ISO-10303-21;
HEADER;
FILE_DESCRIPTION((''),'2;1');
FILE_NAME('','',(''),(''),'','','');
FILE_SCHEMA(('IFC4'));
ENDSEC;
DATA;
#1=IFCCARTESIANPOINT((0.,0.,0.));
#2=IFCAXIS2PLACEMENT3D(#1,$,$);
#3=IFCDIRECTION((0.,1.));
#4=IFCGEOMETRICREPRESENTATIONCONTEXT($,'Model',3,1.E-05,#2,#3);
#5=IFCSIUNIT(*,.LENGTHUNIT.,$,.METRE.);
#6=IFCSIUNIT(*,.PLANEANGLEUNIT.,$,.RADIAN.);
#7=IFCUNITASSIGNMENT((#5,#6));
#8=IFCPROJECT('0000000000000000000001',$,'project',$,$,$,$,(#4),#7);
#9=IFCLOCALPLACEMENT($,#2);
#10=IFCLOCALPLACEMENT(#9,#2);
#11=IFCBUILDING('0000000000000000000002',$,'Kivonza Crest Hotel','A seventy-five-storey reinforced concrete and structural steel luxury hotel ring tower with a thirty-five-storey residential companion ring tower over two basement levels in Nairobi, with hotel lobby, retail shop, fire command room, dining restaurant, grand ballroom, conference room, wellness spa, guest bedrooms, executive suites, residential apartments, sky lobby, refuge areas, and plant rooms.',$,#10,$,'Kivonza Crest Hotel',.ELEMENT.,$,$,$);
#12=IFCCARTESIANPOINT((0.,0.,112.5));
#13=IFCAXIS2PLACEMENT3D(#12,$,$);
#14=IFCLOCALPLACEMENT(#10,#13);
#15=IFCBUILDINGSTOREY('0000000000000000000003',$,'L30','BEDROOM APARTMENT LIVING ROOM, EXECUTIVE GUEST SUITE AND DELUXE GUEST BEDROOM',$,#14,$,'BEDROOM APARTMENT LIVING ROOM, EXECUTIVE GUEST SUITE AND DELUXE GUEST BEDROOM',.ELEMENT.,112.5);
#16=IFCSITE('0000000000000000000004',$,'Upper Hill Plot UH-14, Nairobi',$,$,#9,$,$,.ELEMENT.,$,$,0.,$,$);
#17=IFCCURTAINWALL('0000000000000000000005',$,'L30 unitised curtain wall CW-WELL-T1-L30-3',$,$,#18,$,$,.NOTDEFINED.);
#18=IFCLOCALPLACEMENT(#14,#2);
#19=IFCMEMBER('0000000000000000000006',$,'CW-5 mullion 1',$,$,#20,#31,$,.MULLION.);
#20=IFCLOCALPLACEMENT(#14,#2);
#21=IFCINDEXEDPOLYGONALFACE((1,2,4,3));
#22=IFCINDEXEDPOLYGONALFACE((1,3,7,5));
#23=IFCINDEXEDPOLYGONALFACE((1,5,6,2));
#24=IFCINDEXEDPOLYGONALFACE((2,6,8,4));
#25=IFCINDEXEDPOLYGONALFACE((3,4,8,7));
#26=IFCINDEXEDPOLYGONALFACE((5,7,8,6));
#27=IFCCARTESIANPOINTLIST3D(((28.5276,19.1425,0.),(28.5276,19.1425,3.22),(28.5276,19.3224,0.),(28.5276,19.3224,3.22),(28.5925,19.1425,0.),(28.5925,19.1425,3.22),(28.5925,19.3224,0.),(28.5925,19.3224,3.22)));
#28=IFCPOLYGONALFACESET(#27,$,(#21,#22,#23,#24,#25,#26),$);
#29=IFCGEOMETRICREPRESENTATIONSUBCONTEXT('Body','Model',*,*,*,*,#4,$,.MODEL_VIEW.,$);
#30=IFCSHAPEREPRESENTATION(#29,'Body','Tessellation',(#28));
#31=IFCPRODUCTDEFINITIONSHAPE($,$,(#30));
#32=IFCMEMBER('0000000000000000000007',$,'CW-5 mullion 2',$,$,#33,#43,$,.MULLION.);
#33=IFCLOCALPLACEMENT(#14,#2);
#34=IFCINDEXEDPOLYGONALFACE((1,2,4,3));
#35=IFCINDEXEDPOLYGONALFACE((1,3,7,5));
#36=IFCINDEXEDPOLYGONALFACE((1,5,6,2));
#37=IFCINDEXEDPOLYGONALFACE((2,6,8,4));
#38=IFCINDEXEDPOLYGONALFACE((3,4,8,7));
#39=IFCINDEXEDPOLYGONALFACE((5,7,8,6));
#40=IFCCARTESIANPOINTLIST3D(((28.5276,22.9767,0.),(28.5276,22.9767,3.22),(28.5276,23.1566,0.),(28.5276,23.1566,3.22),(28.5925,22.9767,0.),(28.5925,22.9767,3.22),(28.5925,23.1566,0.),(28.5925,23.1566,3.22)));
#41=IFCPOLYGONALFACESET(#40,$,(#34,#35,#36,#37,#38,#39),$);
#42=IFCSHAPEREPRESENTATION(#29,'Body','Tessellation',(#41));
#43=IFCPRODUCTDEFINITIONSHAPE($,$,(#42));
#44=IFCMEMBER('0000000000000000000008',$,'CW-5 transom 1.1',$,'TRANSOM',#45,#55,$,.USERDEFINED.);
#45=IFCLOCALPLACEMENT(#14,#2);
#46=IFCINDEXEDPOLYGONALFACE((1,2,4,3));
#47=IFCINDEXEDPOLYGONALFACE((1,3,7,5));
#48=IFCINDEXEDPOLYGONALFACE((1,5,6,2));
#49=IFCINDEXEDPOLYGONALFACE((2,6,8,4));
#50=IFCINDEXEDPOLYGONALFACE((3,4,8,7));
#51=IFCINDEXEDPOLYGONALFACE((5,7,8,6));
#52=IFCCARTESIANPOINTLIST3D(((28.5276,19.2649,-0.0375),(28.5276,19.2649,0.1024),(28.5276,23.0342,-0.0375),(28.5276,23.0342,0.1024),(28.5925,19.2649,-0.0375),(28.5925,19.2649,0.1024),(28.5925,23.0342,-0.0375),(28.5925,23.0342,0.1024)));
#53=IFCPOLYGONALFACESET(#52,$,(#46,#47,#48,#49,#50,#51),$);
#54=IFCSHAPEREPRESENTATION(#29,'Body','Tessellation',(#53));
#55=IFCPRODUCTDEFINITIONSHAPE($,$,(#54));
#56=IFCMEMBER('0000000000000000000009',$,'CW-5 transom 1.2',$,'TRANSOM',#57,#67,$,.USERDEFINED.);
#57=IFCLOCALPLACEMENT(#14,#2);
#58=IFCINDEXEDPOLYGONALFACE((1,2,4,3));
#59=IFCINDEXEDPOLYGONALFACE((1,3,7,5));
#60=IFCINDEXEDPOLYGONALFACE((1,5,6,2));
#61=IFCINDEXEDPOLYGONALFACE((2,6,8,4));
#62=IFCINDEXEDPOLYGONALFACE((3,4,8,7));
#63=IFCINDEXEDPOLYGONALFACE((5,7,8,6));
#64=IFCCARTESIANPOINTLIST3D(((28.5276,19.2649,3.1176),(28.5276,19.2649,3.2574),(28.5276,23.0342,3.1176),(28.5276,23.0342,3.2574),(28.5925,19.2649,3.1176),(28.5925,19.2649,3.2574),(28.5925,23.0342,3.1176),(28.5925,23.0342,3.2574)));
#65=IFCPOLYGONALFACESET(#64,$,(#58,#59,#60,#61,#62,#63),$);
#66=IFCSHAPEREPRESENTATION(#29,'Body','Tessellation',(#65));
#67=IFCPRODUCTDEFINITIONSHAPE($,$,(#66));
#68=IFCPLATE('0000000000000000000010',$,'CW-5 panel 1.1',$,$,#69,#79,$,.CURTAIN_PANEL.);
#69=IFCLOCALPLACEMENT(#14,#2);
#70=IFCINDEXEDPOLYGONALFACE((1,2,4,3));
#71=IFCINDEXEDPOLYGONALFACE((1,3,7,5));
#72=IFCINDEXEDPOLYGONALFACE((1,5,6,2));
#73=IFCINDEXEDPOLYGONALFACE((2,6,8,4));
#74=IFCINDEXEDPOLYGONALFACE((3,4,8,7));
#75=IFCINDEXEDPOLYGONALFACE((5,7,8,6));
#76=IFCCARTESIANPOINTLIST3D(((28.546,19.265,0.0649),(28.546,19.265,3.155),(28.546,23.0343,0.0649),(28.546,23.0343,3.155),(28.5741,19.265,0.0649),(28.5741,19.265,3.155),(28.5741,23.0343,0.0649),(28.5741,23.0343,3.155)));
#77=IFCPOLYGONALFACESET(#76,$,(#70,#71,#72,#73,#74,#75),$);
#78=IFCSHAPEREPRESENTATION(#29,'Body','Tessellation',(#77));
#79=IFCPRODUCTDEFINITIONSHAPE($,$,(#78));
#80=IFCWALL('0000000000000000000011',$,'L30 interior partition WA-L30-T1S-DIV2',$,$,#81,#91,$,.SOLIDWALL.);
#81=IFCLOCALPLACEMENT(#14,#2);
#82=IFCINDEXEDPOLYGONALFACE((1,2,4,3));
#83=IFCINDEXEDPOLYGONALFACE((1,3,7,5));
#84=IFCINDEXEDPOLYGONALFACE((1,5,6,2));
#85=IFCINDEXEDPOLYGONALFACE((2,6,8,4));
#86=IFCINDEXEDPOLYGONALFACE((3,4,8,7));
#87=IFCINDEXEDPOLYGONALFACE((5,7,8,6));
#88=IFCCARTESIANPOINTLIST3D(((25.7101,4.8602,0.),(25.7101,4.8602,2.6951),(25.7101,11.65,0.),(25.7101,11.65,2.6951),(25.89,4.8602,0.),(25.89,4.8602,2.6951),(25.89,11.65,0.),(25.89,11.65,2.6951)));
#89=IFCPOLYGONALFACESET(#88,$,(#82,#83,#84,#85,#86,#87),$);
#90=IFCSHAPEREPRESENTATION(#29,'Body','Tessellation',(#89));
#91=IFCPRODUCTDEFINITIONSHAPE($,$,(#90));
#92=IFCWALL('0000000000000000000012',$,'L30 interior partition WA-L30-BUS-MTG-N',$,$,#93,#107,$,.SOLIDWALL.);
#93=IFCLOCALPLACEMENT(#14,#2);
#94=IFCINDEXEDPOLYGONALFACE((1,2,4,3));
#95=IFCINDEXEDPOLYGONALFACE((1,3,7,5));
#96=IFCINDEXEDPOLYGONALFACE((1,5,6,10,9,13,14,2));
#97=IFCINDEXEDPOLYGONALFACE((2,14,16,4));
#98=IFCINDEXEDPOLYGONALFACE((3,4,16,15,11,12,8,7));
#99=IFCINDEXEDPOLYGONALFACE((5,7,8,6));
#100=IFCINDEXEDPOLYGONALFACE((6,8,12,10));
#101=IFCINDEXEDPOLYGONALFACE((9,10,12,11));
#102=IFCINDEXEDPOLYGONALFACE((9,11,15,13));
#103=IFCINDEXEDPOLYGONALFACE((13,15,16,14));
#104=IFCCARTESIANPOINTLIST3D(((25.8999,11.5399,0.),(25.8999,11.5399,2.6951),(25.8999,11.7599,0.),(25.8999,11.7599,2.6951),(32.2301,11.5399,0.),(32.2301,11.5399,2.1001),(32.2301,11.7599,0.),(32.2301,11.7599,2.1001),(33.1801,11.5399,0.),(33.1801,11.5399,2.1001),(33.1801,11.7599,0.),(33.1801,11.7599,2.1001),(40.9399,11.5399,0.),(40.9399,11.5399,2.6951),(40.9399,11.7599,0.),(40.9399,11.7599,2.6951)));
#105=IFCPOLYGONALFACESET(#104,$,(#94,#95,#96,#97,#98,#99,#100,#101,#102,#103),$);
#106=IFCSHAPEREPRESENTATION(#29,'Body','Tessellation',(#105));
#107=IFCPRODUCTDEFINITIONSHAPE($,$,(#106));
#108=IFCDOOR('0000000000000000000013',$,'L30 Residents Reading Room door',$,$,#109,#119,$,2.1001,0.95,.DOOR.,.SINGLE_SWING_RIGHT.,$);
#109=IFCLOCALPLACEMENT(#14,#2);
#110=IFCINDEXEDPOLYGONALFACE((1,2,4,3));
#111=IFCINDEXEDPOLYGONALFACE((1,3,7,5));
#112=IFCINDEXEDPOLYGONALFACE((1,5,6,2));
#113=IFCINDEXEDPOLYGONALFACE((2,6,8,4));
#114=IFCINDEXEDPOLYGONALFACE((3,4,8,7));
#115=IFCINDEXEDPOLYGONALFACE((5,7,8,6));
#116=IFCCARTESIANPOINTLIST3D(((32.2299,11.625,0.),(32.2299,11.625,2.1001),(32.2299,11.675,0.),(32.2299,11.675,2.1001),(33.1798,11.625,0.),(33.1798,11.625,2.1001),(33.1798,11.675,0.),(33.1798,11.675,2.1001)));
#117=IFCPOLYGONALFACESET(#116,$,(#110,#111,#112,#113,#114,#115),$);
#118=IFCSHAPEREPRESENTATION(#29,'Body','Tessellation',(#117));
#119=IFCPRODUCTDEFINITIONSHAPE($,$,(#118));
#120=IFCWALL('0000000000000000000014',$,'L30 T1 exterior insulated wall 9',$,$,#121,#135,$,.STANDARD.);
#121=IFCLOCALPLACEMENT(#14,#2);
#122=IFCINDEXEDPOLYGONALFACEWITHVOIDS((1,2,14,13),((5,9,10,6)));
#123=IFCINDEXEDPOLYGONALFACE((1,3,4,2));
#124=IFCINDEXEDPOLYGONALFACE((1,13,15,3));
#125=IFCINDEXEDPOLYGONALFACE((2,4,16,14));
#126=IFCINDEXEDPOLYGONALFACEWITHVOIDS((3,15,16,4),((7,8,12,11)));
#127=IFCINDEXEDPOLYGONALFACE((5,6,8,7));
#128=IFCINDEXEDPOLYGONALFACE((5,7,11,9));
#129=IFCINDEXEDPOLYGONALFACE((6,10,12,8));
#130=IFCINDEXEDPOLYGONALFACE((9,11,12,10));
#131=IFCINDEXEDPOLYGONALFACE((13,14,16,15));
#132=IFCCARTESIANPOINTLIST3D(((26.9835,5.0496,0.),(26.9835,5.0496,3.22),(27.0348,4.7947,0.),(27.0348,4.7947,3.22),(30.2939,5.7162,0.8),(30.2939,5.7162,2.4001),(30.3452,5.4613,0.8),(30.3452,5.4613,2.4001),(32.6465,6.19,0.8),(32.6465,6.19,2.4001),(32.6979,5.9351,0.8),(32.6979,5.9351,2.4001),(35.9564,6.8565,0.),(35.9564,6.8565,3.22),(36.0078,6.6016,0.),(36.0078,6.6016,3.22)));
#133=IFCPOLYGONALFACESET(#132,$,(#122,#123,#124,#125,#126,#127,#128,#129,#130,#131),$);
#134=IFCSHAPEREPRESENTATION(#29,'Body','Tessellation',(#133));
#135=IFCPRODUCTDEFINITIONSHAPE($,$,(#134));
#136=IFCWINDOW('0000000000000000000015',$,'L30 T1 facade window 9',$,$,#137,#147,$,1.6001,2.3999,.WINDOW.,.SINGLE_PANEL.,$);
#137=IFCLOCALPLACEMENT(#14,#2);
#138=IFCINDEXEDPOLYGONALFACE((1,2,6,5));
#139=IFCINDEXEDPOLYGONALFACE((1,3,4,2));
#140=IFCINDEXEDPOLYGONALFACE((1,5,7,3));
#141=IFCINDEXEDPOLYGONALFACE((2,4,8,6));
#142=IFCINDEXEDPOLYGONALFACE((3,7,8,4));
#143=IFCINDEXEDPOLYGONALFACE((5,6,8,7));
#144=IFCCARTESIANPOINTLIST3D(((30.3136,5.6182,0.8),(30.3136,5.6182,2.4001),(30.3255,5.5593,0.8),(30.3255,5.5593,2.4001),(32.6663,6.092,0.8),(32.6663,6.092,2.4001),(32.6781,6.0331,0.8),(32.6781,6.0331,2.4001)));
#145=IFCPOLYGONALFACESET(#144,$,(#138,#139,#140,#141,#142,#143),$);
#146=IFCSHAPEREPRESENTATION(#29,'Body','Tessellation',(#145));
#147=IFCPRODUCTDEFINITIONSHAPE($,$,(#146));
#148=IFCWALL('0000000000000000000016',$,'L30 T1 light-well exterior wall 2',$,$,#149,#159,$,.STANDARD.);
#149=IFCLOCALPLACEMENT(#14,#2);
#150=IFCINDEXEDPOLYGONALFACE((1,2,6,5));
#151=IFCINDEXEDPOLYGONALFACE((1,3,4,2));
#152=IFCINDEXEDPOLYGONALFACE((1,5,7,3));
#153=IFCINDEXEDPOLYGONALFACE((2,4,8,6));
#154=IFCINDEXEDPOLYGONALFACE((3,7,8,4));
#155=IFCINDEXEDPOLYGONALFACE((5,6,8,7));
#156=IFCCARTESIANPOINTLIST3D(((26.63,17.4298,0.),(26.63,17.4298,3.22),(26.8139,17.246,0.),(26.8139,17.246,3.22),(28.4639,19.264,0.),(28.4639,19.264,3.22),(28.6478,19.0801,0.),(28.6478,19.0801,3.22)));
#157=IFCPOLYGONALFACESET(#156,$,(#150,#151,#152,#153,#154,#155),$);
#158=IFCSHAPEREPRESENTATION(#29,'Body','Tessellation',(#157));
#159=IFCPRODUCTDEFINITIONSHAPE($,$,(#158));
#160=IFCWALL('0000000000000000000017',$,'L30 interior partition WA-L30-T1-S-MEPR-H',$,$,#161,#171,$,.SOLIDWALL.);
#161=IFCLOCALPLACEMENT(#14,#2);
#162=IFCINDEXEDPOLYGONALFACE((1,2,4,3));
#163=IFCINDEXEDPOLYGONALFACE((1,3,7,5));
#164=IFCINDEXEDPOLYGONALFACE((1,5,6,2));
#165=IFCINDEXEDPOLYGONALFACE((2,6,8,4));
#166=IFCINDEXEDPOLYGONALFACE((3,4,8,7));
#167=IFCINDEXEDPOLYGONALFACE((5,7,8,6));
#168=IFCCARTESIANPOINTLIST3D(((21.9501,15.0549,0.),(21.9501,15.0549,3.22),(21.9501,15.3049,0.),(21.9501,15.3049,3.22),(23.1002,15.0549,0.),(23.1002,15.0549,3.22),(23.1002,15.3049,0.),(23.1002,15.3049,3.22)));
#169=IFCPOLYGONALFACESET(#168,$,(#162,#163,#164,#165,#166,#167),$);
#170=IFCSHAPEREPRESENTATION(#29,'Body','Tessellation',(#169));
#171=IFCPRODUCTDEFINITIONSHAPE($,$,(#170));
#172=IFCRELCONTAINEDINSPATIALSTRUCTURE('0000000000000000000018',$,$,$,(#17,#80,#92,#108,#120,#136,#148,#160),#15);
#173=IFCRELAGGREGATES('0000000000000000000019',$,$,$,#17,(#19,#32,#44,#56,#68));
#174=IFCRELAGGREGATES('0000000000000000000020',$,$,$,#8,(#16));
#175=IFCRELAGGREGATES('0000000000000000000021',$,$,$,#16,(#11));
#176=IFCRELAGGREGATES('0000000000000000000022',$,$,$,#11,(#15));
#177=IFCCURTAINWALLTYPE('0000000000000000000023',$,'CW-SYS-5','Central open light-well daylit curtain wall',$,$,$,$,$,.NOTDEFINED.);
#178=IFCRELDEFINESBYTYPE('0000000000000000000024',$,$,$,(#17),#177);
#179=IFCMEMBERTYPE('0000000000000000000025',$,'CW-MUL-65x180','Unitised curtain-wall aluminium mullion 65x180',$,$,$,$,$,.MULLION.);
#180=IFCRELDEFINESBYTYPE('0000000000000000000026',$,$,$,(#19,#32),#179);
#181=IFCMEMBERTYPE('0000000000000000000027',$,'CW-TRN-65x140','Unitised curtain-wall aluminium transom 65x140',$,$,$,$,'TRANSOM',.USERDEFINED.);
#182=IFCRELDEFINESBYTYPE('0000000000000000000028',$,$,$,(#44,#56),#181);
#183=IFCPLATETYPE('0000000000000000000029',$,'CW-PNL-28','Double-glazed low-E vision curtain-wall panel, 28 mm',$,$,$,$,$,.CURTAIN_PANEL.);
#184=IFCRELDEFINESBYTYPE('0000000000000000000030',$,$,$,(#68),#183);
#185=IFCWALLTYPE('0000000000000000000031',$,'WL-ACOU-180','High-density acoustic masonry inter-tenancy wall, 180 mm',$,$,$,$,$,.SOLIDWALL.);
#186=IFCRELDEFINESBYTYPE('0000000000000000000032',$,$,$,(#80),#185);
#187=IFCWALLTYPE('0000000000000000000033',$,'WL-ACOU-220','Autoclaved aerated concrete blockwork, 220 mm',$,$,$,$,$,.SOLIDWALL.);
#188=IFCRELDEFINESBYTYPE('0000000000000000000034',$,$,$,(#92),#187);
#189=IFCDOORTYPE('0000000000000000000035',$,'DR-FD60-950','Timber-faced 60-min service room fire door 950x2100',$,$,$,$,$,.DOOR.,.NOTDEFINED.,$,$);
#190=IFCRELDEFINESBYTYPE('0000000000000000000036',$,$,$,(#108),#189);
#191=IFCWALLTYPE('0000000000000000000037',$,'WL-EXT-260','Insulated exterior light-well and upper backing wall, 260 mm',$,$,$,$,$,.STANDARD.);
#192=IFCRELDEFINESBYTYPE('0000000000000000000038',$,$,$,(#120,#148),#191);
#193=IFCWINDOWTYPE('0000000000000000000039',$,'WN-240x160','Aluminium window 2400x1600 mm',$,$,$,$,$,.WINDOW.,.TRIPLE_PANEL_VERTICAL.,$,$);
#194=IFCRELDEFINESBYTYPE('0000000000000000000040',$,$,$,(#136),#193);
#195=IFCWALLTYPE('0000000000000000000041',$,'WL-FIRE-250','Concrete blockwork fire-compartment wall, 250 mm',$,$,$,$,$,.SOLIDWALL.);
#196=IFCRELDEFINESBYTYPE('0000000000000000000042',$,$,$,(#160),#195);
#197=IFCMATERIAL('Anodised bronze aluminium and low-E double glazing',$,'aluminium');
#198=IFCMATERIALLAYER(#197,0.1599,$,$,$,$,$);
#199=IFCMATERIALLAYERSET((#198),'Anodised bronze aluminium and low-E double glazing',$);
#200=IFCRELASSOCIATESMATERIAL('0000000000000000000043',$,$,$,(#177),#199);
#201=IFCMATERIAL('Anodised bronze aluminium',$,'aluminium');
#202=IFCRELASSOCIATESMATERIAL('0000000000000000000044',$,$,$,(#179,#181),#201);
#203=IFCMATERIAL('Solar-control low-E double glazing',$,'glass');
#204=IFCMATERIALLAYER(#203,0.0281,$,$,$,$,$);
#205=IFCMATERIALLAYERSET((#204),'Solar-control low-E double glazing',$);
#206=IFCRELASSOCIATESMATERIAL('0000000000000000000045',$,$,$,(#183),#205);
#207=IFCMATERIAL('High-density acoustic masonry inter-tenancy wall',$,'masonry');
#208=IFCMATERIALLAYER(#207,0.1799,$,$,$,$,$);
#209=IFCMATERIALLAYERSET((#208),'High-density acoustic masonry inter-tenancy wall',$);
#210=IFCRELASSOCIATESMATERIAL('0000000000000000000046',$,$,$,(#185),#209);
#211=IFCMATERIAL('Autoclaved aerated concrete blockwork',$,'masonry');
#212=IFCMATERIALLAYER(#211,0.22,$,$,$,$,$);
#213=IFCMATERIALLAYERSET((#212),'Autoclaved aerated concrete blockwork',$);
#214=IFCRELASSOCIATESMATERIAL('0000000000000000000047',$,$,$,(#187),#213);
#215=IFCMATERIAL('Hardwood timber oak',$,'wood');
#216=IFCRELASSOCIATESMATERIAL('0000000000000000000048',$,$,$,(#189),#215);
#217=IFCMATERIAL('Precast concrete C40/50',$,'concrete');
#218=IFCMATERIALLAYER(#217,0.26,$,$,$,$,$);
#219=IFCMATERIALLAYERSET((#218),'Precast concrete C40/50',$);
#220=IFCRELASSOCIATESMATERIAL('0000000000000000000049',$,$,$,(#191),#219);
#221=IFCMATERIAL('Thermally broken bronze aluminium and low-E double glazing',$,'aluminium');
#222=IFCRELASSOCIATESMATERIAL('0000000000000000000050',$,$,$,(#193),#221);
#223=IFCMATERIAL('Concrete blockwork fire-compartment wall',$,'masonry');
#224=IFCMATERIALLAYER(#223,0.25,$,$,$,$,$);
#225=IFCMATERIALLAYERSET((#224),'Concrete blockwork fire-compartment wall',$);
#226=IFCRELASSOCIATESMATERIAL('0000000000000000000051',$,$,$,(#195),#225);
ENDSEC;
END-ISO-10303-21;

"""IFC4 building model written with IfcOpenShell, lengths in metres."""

from ifc_helpers import new_model, si_unit, direction, frame, frame_2d, origin, origin_2d, place, context, subcontext, project, spatial, rectangle, extrude, material, layer, layer_set, material_profile, profile_set, type_object, element, fill, aggregate, save


model = new_model("IFC4")

# Units and contexts
model_context = context("Model", 3, precision=1e-05, world=origin(), true_north=direction((0.0, 1.0)))
body_context = subcontext(model_context, "Body", "Model", "MODEL_VIEW")
ifc_project = project(units=[si_unit("LENGTHUNIT", "METRE"), si_unit("PLANEANGLEUNIT", "RADIAN")], contexts=[model_context])

# Site, building, storey
site_placement = place(None, origin())
site = spatial("IfcSite", under=ifc_project, at=site_placement, Name="Upper Hill Plot UH-14, Nairobi", CompositionType="ELEMENT", RefElevation=0.0)
building_placement = place(site_placement, origin())
building = spatial("IfcBuilding", under=site, at=building_placement, Name="Kivonza Crest Hotel", Description="A seventy-five-storey reinforced concrete and structural steel luxury hotel ring tower with a thirty-five-storey residential companion ring tower over two basement levels in Nairobi, with hotel lobby, retail shop, fire command room, dining restaurant, grand ballroom, conference room, wellness spa, guest bedrooms, executive suites, residential apartments, sky lobby, refuge areas, and plant rooms.", LongName="Kivonza Crest Hotel", CompositionType="ELEMENT")
storey_placement = place(building_placement, frame((0.0, 0.0, 112.5)))
storey = spatial("IfcBuildingStorey", under=building, at=storey_placement, Name="L30", Description="BEDROOM APARTMENT LIVING ROOM, EXECUTIVE GUEST SUITE AND DELUXE GUEST BEDROOM", LongName="BEDROOM APARTMENT LIVING ROOM, EXECUTIVE GUEST SUITE AND DELUXE GUEST BEDROOM", CompositionType="ELEMENT", Elevation=112.5)

# Curtain wall, members, plate
ifc_material_1 = material(Name="Anodised bronze aluminium and low-E double glazing", Category="aluminium")
ifc_layer_1 = layer(ifc_material_1, 0.1599)
ifc_layer_set_1 = layer_set([ifc_layer_1], Name="Anodised bronze aluminium and low-E double glazing")
curtain_wall_type = type_object("IfcCurtainWallType", Name="CW-SYS-5", Description="Central open light-well daylit curtain wall", PredefinedType="NOTDEFINED", material=ifc_layer_set_1)
curtain_wall_placement = place(storey_placement, origin())
curtain_wall = element("IfcCurtainWall", 1, at=curtain_wall_placement, inside=storey, type_object=curtain_wall_type, Name="L30 unitised curtain wall CW-WELL-T1-L30-3", PredefinedType="NOTDEFINED")
ifc_material_2 = material(Name="Anodised bronze aluminium", Category="aluminium")
ifc_material_profile_1 = material_profile(ifc_material_2, rectangle(XDim=0.0649, YDim=0.1799, at=origin_2d()), Name="CW-M 65x180")
ifc_profile_set_1 = profile_set([ifc_material_profile_1], Name="Anodised bronze aluminium")
member_type_1 = type_object("IfcMemberType", Name="CW-MUL-65x180", Description="Unitised curtain-wall aluminium mullion 65x180", PredefinedType="MULLION", material=ifc_profile_set_1)
member_1_placement = place(storey_placement, frame((28.5601, 19.2324, 0.0), z_axis=(0.0, 0.0, 1.0), x_axis=(-1.0, 0.0, 0.0)))
member_1 = element("IfcMember", 2, at=member_1_placement, type_object=member_type_1, Name="CW-5 mullion 1", PredefinedType="MULLION", context=body_context, shape_type="SweptSolid", body=[
    extrude(rectangle(XDim=0.0649, YDim=0.1799, at=origin_2d()), origin(), (0.0, 0.0, 1.0), 3.22),
])
member_2_placement = place(storey_placement, frame((28.5601, 23.0667, 0.0), z_axis=(0.0, 0.0, 1.0), x_axis=(-1.0, 0.0, 0.0)))
member_2 = element("IfcMember", 3, at=member_2_placement, type_object=member_type_1, Name="CW-5 mullion 2", PredefinedType="MULLION", context=body_context, shape_type="SweptSolid", body=[
    extrude(rectangle(XDim=0.0649, YDim=0.1799, at=origin_2d()), origin(), (0.0, 0.0, 1.0), 3.22),
])
ifc_material_profile_2 = material_profile(ifc_material_2, rectangle(XDim=0.0649, YDim=0.1399, at=origin_2d()), Name="CW-T 65x140")
ifc_profile_set_2 = profile_set([ifc_material_profile_2], Name="Anodised bronze aluminium")
member_type_2 = type_object("IfcMemberType", Name="CW-TRN-65x140", Description="Unitised curtain-wall aluminium transom 65x140", ElementType="TRANSOM", PredefinedType="USERDEFINED", material=ifc_profile_set_2)
member_3_placement = place(storey_placement, frame((28.5601, 19.2649, 0.0325), z_axis=(0.0, 1.0, 0.0), x_axis=(-1.0, 0.0, 0.0)))
member_3 = element("IfcMember", 4, at=member_3_placement, type_object=member_type_2, Name="CW-5 transom 1.1", ObjectType="TRANSOM", PredefinedType="USERDEFINED", context=body_context, shape_type="SweptSolid", body=[
    extrude(rectangle(XDim=0.0649, YDim=0.1399, at=origin_2d()), origin(), (0.0, 0.0, 1.0), 3.7693),
])
member_4_placement = place(storey_placement, frame((28.5601, 19.2649, 3.1875), z_axis=(0.0, 1.0, 0.0), x_axis=(-1.0, 0.0, 0.0)))
member_4 = element("IfcMember", 5, at=member_4_placement, type_object=member_type_2, Name="CW-5 transom 1.2", ObjectType="TRANSOM", PredefinedType="USERDEFINED", context=body_context, shape_type="SweptSolid", body=[
    extrude(rectangle(XDim=0.0649, YDim=0.1399, at=origin_2d()), origin(), (0.0, 0.0, 1.0), 3.7693),
])
ifc_material_3 = material(Name="Solar-control low-E double glazing", Category="glass")
ifc_layer_2 = layer(ifc_material_3, 0.0281)
ifc_layer_set_2 = layer_set([ifc_layer_2], Name="Solar-control low-E double glazing")
plate_type = type_object("IfcPlateType", Name="CW-PNL-28", Description="Double-glazed low-E vision curtain-wall panel, 28 mm", PredefinedType="CURTAIN_PANEL", material=ifc_layer_set_2)
plate_placement = place(storey_placement, frame((28.5601, 21.1497, 0.0649), z_axis=(0.0, 0.0, 1.0), x_axis=(0.0, 1.0, 0.0)))
plate = element("IfcPlate", 6, at=plate_placement, type_object=plate_type, Name="CW-5 panel 1.1", PredefinedType="CURTAIN_PANEL", context=body_context, shape_type="SweptSolid", body=[
    extrude(rectangle(XDim=3.7693, YDim=0.0281, at=origin_2d()), origin(), (0.0, 0.0, 1.0), 3.0901),
])
aggregate(curtain_wall, [member_1, member_2, member_3, member_4, plate])

# Wall
ifc_material_4 = material(Name="High-density acoustic masonry inter-tenancy wall", Category="masonry")
ifc_layer_3 = layer(ifc_material_4, 0.1799)
ifc_layer_set_3 = layer_set([ifc_layer_3], Name="High-density acoustic masonry inter-tenancy wall")
wall_type_1 = type_object("IfcWallType", Name="WL-ACOU-180", Description="High-density acoustic masonry inter-tenancy wall, 180 mm", PredefinedType="SOLIDWALL", material=ifc_layer_set_3)
wall_1_placement = place(storey_placement, frame((25.8, 4.8601, 0.0), z_axis=(0.0, 0.0, 1.0), x_axis=(0.0, 1.0, 0.0)))
element("IfcWall", 7, at=wall_1_placement, inside=storey, type_object=wall_type_1, Name="L30 interior partition WA-L30-T1S-DIV2", PredefinedType="SOLIDWALL", context=body_context, shape_type="SweptSolid", body=[
    extrude(rectangle(XDim=6.7898, YDim=0.1799, at=frame_2d((3.395, 0.0))), origin(), (0.0, 0.0, 1.0), 2.6951),
])

# Wall, opening, door
ifc_material_5 = material(Name="Autoclaved aerated concrete blockwork", Category="masonry")
ifc_layer_4 = layer(ifc_material_5, 0.22)
ifc_layer_set_4 = layer_set([ifc_layer_4], Name="Autoclaved aerated concrete blockwork")
wall_type_2 = type_object("IfcWallType", Name="WL-ACOU-220", Description="Autoclaved aerated concrete blockwork, 220 mm", PredefinedType="SOLIDWALL", material=ifc_layer_set_4)
wall_2_placement = place(storey_placement, frame((25.8999, 11.6499, 0.0), z_axis=(0.0, 0.0, 1.0), x_axis=(1.0, 0.0, 0.0)))
wall_2 = element("IfcWall", 8, at=wall_2_placement, inside=storey, type_object=wall_type_2, Name="L30 interior partition WA-L30-BUS-MTG-N", PredefinedType="SOLIDWALL", context=body_context, shape_type="SweptSolid", body=[
    extrude(rectangle(XDim=15.04, YDim=0.22, at=frame_2d((7.52, 0.0))), origin(), (0.0, 0.0, 1.0), 2.6951),
])
opening_1_placement = place(wall_2_placement, frame((6.3301, 0.0, 0.0)))
opening_1 = element("IfcOpeningElement", 9, at=opening_1_placement, cuts=wall_2, PredefinedType="OPENING", context=body_context, shape_type="SweptSolid", body=[
    extrude(rectangle(XDim=0.95, YDim=2.1001, at=frame_2d((0.4751, 1.05))), frame((0.0, 0.1201, 0.0), z_axis=(0.0, -1.0, 0.0), x_axis=(1.0, 0.0, 0.0)), (0.0, 0.0, 1.0), 0.24),
])
ifc_material_6 = material(Name="Hardwood timber oak", Category="wood")
door_type_1 = type_object("IfcDoorType", Name="DR-FD60-950", Description="Timber-faced 60-min service room fire door 950x2100", OperationType="NOTDEFINED", PredefinedType="DOOR", material=ifc_material_6)
door_1_placement = place(opening_1_placement, frame((0.95, 0.0, 0.0), z_axis=(0.0, 0.0, 1.0), x_axis=(-1.0, 0.0, 0.0)))
door_1 = element("IfcDoor", 10, at=door_1_placement, inside=storey, type_object=door_type_1, Name="L30 Residents Reading Room door", OperationType="SINGLE_SWING_RIGHT", OverallHeight=2.1001, OverallWidth=0.95, PredefinedType="DOOR", context=body_context, shape_type="SweptSolid", body=[
    extrude(rectangle(XDim=0.95, YDim=2.1001, at=frame_2d((0.4751, 1.05))), frame((0.0, 0.0249, 0.0), z_axis=(0.0, -1.0, 0.0), x_axis=(1.0, 0.0, 0.0)), (0.0, 0.0, 1.0), 0.05),
])
fill(opening_1, door_1)

# Wall, opening, window
ifc_material_7 = material(Name="Precast concrete C40/50", Category="concrete")
ifc_layer_5 = layer(ifc_material_7, 0.26)
ifc_layer_set_5 = layer_set([ifc_layer_5], Name="Precast concrete C40/50")
wall_type_3 = type_object("IfcWallType", Name="WL-EXT-260", Description="Insulated exterior light-well and upper backing wall, 260 mm", PredefinedType="STANDARD", material=ifc_layer_set_5)
wall_3_placement = place(storey_placement, frame((27.009, 4.9221, 0.0), z_axis=(0.0, 0.0, 1.0), x_axis=(0.980321, 0.197409, 0.0)))
wall_3 = element("IfcWall", 11, at=wall_3_placement, inside=storey, type_object=wall_type_3, Name="L30 T1 exterior insulated wall 9", PredefinedType="STANDARD", context=body_context, shape_type="SweptSolid", body=[
    extrude(rectangle(XDim=9.1531, YDim=0.26, at=frame_2d((4.5767, 0.0))), origin(), (0.0, 0.0, 1.0), 3.22),
])
opening_2_placement = place(wall_3_placement, frame((3.377, 0.0, 0.8)))
opening_2 = element("IfcOpeningElement", 12, at=opening_2_placement, cuts=wall_3, PredefinedType="OPENING", context=body_context, shape_type="SweptSolid", body=[
    extrude(rectangle(XDim=2.3999, YDim=1.6001, at=frame_2d((1.2, 0.8))), frame((0.0, 0.1401, 0.0), z_axis=(0.0, -1.0, 0.0), x_axis=(1.0, 0.0, 0.0)), (0.0, 0.0, 1.0), 0.28),
])
ifc_material_8 = material(Name="Thermally broken bronze aluminium and low-E double glazing", Category="aluminium")
window_type = type_object("IfcWindowType", Name="WN-240x160", Description="Aluminium window 2400x1600 mm", PartitioningType="TRIPLE_PANEL_VERTICAL", PredefinedType="WINDOW", material=ifc_material_8)
window_placement = place(opening_2_placement, origin())
window = element("IfcWindow", 13, at=window_placement, inside=storey, type_object=window_type, Name="L30 T1 facade window 9", OverallHeight=1.6001, OverallWidth=2.3999, PartitioningType="SINGLE_PANEL", PredefinedType="WINDOW", context=body_context, shape_type="SweptSolid", body=[
    extrude(rectangle(XDim=2.3999, YDim=1.6001, at=frame_2d((1.2, 0.8))), frame((0.0, 0.03, 0.0), z_axis=(0.0, -1.0, 0.0), x_axis=(1.0, 0.0, 0.0)), (0.0, 0.0, 1.0), 0.0601),
])
fill(opening_2, window)

# Walls
wall_4_placement = place(storey_placement, frame((26.7219, 17.3379, 0.0), z_axis=(0.0, 0.0, 1.0), x_axis=(0.70706, 0.707154, 0.0)))
element("IfcWall", 14, at=wall_4_placement, inside=storey, type_object=wall_type_3, Name="L30 T1 light-well exterior wall 2", PredefinedType="STANDARD", context=body_context, shape_type="SweptSolid", body=[
    extrude(rectangle(XDim=2.5938, YDim=0.26, at=frame_2d((1.2969, 0.0))), origin(), (0.0, 0.0, 1.0), 3.22),
])
ifc_material_9 = material(Name="Concrete blockwork fire-compartment wall", Category="masonry")
ifc_layer_6 = layer(ifc_material_9, 0.25)
ifc_layer_set_6 = layer_set([ifc_layer_6], Name="Concrete blockwork fire-compartment wall")
wall_type_4 = type_object("IfcWallType", Name="WL-FIRE-250", Description="Concrete blockwork fire-compartment wall, 250 mm", PredefinedType="SOLIDWALL", material=ifc_layer_set_6)
wall_5_placement = place(storey_placement, frame((21.95, 15.1799, 0.0), z_axis=(0.0, 0.0, 1.0), x_axis=(1.0, 0.0, 0.0)))
element("IfcWall", 15, at=wall_5_placement, inside=storey, type_object=wall_type_4, Name="L30 interior partition WA-L30-T1-S-MEPR-H", PredefinedType="SOLIDWALL", context=body_context, shape_type="SweptSolid", body=[
    extrude(rectangle(XDim=1.1501, YDim=0.25, at=frame_2d((0.5752, 0.0))), origin(), (0.0, 0.0, 1.0), 3.22),
])

save(model, "model.ifc")
